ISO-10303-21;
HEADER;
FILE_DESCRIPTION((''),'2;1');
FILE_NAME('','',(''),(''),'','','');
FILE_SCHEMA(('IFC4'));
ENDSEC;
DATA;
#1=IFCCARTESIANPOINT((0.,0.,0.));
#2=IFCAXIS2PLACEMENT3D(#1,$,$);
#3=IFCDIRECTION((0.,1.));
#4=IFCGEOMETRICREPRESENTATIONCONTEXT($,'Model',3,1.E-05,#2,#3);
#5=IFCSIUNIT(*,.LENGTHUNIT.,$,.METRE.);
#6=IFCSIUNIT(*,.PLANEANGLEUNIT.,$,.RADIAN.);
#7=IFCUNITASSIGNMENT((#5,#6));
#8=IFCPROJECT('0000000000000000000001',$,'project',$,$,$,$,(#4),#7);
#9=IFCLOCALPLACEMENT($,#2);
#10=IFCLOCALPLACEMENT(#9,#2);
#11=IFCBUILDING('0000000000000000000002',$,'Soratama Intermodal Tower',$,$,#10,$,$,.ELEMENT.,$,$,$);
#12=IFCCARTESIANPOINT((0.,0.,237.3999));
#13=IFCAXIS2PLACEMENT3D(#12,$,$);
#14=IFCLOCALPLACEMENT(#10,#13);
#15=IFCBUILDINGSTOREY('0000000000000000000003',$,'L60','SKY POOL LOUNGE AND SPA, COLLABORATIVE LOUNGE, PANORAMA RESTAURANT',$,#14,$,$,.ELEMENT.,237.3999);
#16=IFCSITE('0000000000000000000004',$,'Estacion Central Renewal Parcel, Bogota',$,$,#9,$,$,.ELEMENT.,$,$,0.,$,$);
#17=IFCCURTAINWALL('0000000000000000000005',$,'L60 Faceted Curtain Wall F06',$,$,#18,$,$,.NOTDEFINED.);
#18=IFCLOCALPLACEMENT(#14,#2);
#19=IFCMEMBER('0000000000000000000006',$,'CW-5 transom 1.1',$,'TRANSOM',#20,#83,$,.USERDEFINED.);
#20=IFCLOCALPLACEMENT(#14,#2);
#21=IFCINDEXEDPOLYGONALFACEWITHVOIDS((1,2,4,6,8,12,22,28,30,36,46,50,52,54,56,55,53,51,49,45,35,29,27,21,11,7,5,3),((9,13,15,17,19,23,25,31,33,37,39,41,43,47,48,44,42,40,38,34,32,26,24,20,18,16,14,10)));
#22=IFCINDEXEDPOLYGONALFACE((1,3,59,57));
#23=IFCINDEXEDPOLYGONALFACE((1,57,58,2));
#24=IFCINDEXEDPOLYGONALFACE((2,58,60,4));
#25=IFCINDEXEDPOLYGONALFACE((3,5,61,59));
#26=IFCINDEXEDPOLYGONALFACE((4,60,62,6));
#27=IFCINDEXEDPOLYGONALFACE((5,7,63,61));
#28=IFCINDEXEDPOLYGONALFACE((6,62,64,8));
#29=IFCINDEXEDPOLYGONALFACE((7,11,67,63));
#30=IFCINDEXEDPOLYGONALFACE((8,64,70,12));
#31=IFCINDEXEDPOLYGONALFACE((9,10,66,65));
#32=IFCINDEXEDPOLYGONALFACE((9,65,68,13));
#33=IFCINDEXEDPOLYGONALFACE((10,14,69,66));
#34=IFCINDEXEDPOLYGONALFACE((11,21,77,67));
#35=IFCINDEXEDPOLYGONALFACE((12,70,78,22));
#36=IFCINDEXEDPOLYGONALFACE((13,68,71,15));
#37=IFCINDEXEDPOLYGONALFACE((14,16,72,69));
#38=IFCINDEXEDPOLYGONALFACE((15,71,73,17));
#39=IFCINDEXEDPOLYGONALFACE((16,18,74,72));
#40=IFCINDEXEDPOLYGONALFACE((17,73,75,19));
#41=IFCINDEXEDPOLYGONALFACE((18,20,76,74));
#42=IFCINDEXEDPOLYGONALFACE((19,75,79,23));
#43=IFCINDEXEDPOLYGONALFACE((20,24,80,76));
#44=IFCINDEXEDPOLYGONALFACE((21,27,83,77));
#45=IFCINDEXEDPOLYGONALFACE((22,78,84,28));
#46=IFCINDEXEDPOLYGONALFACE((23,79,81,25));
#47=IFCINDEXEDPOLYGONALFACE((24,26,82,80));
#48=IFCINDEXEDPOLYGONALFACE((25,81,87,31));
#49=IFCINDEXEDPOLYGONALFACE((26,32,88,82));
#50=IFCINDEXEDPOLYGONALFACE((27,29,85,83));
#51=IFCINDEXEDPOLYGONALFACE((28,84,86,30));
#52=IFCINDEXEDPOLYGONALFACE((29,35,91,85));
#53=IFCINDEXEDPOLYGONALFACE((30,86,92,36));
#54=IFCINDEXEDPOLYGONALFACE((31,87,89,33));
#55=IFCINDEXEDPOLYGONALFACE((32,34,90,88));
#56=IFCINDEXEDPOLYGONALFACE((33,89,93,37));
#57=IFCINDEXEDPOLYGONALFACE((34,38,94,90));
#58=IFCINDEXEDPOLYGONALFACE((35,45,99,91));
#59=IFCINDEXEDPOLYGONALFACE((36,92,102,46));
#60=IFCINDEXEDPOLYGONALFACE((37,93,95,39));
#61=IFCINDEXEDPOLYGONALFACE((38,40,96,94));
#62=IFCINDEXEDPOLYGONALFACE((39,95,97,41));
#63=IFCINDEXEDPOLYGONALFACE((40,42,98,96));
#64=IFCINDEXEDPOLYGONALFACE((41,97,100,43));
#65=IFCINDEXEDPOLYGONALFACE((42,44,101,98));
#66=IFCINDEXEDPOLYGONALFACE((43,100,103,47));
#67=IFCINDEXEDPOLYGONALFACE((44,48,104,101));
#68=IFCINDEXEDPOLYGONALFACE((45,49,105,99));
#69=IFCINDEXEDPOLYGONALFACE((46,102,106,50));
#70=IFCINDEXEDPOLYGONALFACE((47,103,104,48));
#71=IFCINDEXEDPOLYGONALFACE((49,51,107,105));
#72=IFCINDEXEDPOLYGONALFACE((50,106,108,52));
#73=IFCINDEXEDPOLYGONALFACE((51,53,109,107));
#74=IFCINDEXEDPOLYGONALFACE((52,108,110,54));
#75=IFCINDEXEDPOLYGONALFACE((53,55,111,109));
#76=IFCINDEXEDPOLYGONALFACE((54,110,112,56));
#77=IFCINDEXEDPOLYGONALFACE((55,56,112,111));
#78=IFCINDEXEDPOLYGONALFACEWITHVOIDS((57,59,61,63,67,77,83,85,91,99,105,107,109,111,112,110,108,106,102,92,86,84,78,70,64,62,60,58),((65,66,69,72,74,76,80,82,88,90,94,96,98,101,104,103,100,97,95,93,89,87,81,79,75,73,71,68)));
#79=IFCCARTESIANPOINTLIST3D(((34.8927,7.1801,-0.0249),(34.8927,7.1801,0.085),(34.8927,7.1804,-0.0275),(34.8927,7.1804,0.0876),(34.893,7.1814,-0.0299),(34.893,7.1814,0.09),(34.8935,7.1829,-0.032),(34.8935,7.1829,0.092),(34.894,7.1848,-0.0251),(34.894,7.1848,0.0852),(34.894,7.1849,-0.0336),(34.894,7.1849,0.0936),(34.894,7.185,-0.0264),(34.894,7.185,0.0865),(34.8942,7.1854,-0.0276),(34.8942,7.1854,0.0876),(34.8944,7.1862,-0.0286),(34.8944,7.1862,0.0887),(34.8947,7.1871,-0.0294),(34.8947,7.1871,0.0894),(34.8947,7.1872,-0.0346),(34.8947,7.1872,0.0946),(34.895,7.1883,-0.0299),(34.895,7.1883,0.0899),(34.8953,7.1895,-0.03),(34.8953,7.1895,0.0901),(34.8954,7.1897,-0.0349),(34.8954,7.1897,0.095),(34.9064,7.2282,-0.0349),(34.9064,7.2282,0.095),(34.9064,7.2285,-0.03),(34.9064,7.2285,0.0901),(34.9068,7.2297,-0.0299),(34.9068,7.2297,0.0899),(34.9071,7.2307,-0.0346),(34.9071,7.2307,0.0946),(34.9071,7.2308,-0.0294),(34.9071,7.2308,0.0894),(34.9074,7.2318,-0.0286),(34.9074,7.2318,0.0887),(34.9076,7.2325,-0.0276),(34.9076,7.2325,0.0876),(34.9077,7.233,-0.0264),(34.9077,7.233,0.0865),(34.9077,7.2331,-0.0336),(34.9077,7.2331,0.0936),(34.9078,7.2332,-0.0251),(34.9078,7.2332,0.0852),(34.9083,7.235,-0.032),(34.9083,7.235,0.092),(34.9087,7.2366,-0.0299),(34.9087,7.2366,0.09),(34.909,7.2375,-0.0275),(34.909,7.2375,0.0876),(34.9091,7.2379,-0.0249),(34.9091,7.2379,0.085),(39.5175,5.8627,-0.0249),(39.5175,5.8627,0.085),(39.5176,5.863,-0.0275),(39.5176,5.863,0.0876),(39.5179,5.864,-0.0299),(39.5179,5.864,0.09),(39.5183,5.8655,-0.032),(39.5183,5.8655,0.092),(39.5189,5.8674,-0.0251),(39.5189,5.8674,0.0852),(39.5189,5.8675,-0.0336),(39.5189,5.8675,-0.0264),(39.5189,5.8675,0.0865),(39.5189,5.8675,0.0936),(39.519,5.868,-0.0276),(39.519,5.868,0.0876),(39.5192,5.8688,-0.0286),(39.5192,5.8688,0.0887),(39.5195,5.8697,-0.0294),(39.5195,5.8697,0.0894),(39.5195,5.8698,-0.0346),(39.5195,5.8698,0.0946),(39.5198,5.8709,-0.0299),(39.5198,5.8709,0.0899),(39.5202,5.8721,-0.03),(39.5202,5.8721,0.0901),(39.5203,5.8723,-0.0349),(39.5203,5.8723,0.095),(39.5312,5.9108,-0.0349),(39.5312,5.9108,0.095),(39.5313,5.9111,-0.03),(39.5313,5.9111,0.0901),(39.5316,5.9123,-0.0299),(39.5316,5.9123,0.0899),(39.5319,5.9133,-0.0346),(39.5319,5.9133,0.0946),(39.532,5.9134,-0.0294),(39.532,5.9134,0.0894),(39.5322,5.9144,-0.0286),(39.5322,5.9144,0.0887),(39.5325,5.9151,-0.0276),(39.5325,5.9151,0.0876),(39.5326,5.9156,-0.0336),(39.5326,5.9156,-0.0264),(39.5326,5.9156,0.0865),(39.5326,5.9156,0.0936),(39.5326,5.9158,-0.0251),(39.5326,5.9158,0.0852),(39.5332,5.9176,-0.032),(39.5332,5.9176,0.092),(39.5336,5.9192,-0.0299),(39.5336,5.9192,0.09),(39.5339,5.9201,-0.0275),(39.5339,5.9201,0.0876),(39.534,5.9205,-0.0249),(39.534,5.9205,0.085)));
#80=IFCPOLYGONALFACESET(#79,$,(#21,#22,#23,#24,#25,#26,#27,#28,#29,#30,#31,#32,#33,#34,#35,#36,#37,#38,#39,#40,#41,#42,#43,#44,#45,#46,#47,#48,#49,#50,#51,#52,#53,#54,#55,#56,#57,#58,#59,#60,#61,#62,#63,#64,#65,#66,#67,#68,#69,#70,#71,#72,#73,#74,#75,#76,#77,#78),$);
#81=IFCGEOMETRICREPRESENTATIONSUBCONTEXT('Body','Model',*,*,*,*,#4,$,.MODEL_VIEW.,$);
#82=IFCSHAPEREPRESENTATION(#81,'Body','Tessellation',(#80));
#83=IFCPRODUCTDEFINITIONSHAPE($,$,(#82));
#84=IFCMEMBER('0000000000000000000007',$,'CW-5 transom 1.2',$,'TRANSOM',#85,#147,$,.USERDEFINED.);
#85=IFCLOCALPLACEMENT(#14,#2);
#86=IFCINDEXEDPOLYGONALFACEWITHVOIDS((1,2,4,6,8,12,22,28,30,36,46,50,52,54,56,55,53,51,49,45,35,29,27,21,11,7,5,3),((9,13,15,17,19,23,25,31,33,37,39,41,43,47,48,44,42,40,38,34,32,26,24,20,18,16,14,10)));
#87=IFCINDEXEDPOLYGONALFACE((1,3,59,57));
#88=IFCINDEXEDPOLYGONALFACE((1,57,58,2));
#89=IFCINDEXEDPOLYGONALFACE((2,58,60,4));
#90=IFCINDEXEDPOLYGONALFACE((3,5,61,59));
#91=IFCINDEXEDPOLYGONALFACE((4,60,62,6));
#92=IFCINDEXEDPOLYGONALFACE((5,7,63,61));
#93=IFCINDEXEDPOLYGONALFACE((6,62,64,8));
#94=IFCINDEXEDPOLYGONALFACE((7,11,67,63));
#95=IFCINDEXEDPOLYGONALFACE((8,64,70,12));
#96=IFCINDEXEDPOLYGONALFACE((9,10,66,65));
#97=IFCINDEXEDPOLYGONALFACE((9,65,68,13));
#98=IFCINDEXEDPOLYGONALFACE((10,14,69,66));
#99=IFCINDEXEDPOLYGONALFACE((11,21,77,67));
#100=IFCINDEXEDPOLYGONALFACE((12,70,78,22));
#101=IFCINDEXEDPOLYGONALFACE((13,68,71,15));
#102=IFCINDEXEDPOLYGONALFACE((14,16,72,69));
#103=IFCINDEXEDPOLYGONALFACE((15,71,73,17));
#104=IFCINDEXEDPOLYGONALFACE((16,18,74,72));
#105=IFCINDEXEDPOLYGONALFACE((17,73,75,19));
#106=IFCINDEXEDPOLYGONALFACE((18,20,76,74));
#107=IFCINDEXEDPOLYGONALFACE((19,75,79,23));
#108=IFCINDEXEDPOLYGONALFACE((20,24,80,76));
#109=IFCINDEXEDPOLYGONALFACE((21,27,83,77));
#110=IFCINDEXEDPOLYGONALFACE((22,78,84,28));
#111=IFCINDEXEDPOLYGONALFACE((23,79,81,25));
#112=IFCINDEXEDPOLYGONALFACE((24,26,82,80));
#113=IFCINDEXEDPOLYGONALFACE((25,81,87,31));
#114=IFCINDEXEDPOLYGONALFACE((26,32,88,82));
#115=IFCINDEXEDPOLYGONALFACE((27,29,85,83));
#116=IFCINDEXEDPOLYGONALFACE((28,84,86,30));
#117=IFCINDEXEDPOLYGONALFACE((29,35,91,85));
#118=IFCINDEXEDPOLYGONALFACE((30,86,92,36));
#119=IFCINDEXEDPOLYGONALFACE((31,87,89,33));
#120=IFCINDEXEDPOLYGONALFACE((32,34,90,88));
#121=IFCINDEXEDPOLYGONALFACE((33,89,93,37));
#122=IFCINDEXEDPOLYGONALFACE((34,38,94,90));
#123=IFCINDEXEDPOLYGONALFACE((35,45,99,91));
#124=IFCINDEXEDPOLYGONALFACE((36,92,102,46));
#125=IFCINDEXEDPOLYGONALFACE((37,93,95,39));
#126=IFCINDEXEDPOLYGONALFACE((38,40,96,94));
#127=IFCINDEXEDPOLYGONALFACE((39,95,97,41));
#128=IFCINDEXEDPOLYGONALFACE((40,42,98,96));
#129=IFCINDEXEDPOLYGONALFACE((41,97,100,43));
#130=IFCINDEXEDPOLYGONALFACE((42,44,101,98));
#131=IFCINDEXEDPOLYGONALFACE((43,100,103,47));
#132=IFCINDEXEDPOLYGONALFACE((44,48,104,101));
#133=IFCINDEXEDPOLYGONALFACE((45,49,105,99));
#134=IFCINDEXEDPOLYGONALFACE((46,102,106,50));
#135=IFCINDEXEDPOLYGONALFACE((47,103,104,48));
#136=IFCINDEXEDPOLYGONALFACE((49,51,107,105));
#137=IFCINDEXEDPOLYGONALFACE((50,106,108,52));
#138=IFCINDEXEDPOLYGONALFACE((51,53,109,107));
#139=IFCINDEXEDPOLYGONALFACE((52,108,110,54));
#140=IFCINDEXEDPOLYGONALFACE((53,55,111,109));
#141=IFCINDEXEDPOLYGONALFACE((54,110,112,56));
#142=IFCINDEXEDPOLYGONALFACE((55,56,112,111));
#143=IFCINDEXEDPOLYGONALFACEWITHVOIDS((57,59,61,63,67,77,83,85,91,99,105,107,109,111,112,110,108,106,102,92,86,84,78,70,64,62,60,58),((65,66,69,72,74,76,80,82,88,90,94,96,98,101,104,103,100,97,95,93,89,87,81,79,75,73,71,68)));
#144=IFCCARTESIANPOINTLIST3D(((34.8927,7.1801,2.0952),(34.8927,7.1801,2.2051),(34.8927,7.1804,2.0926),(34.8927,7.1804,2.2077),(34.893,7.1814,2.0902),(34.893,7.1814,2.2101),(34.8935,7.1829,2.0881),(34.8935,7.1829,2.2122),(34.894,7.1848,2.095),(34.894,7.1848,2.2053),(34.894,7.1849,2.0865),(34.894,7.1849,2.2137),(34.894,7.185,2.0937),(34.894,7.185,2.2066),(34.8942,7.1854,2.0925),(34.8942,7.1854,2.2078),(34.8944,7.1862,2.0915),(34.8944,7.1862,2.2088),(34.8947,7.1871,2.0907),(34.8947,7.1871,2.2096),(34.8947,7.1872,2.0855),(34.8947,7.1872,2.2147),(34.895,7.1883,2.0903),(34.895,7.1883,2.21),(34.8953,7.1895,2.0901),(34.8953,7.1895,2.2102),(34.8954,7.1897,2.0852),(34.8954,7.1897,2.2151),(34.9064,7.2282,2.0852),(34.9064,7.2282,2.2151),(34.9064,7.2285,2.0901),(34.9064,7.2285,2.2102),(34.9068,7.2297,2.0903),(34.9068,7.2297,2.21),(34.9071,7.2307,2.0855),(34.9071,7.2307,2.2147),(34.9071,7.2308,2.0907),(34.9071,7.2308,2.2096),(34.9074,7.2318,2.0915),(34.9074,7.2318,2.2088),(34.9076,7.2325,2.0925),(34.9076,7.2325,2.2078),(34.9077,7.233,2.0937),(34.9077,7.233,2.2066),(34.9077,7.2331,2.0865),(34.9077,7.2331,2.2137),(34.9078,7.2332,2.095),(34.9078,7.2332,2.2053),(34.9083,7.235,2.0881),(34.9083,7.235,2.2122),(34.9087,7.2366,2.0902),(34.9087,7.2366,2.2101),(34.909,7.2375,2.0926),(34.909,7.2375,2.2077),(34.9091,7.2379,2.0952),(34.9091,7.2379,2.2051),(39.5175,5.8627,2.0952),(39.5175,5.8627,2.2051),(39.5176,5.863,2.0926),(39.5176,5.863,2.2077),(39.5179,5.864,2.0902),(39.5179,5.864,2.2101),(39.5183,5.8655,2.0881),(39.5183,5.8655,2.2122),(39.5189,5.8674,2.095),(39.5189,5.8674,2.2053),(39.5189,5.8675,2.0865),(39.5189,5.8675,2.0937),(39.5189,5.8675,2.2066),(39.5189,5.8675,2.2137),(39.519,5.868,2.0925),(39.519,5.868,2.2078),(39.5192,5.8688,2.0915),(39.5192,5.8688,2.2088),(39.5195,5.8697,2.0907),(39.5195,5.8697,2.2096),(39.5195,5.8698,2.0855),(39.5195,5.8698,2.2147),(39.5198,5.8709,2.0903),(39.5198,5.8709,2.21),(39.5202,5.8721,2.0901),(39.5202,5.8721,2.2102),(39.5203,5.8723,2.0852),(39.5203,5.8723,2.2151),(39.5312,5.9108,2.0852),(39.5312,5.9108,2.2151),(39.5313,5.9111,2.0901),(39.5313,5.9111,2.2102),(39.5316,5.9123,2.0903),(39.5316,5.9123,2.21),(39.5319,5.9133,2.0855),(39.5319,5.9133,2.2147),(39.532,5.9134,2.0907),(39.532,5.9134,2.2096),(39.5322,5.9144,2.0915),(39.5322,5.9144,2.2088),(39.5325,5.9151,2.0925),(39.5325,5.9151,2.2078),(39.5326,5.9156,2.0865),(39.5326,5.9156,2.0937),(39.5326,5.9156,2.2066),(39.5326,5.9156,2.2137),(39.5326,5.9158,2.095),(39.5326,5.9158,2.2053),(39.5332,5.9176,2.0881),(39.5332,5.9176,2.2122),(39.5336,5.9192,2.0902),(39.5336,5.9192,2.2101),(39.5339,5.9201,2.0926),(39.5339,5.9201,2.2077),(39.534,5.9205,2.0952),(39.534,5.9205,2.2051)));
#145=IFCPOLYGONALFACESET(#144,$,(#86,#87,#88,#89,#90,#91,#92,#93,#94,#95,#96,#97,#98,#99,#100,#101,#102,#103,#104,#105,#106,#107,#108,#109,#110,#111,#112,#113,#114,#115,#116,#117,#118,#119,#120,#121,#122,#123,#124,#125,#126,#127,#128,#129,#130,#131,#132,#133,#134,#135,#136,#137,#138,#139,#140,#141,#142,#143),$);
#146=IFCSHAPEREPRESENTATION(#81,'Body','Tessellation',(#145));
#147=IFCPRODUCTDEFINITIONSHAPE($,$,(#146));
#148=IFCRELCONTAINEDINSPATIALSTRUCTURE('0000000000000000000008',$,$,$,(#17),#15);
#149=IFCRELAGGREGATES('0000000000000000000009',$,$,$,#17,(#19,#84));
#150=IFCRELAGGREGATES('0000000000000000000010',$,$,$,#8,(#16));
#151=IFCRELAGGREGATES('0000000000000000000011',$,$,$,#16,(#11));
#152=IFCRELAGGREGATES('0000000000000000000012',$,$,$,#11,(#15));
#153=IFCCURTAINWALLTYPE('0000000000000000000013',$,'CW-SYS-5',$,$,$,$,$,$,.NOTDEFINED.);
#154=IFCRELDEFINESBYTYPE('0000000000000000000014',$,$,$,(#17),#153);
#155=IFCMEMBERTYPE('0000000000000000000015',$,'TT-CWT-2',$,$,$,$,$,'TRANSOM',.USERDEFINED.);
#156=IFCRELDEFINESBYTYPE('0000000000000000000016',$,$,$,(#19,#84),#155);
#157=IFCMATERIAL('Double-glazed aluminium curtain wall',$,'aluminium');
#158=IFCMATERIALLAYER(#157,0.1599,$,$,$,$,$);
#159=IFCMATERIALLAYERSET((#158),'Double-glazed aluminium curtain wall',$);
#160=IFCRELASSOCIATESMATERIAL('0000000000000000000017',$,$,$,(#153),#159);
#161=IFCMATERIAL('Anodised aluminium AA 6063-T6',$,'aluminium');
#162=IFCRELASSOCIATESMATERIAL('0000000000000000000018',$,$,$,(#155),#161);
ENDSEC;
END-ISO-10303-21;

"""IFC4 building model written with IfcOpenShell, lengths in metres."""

from ifc_helpers import new_model, si_unit, direction, frame, origin, origin_2d, place, context, subcontext, project, spatial, hollow_rectangle, extrude, material, layer, layer_set, material_profile, profile_set, type_object, element, aggregate, save


model = new_model("IFC4")

# Units and contexts
model_context = context("Model", 3, precision=1e-05, world=origin(), true_north=direction((0.0, 1.0)))
body_context = subcontext(model_context, "Body", "Model", "MODEL_VIEW")
ifc_project = project(units=[si_unit("LENGTHUNIT", "METRE"), si_unit("PLANEANGLEUNIT", "RADIAN")], contexts=[model_context])

# Site, building, storey
site_placement = place(None, origin())
site = spatial("IfcSite", under=ifc_project, at=site_placement, Name="Estacion Central Renewal Parcel, Bogota", CompositionType="ELEMENT", RefElevation=0.0)
building_placement = place(site_placement, origin())
building = spatial("IfcBuilding", under=site, at=building_placement, Name="Soratama Intermodal Tower", CompositionType="ELEMENT")
storey_placement = place(building_placement, frame((0.0, 0.0, 237.3999)))
storey = spatial("IfcBuildingStorey", under=building, at=storey_placement, Name="L60", Description="SKY POOL LOUNGE AND SPA, COLLABORATIVE LOUNGE, PANORAMA RESTAURANT", CompositionType="ELEMENT", Elevation=237.3999)

# Curtain wall, members
ifc_material_1 = material(Name="Double-glazed aluminium curtain wall", Category="aluminium")
ifc_layer_1 = layer(ifc_material_1, 0.1599)
ifc_layer_set_1 = layer_set([ifc_layer_1], Name="Double-glazed aluminium curtain wall")
curtain_wall_type = type_object("IfcCurtainWallType", Name="CW-SYS-5", PredefinedType="NOTDEFINED", material=ifc_layer_set_1)
curtain_wall_placement = place(storey_placement, origin())
curtain_wall = element("IfcCurtainWall", 1, at=curtain_wall_placement, inside=storey, type_object=curtain_wall_type, Name="L60 Faceted Curtain Wall F06", PredefinedType="NOTDEFINED")
ifc_material_2 = material(Name="Anodised aluminium AA 6063-T6", Category="aluminium")
ifc_material_profile_1 = material_profile(ifc_material_2, hollow_rectangle(XDim=0.0601, YDim=0.1299, WallThickness=0.0049, InnerFilletRadius=0.0049, OuterFilletRadius=0.01, at=origin_2d()), Name="CWT130X60X5")
ifc_profile_set_1 = profile_set([ifc_material_profile_1], Name="Anodised aluminium AA 6063-T6")
member_type_1 = type_object("IfcMemberType", Name="TT-CWT-2", ElementType="TRANSOM", PredefinedType="USERDEFINED", material=ifc_profile_set_1)
member_1_placement = place(storey_placement, frame((34.9009, 7.209, 0.03), z_axis=(0.961742, -0.273957, 0.0), x_axis=(0.273957, 0.961742, 0.0)))
member_1 = element("IfcMember", 2, at=member_1_placement, type_object=member_type_1, Name="CW-5 transom 1.1", ObjectType="TRANSOM", PredefinedType="USERDEFINED", context=body_context, shape_type="SweptSolid", body=[
    extrude(hollow_rectangle(XDim=0.0601, YDim=0.1299, WallThickness=0.0049, InnerFilletRadius=0.0049, OuterFilletRadius=0.01, at=origin_2d()), origin(), (0.0, 0.0, 1.0), 4.8088),
])
member_2_placement = place(storey_placement, frame((34.9009, 7.209, 2.1501), z_axis=(0.961742, -0.273957, 0.0), x_axis=(0.273957, 0.961742, 0.0)))
member_2 = element("IfcMember", 3, at=member_2_placement, type_object=member_type_1, Name="CW-5 transom 1.2", ObjectType="TRANSOM", PredefinedType="USERDEFINED", context=body_context, shape_type="SweptSolid", body=[
    extrude(hollow_rectangle(XDim=0.0601, YDim=0.1299, WallThickness=0.0049, InnerFilletRadius=0.0049, OuterFilletRadius=0.01, at=origin_2d()), origin(), (0.0, 0.0, 1.0), 4.8088),
])
aggregate(curtain_wall, [member_1, member_2])

save(model, "model.ifc")
